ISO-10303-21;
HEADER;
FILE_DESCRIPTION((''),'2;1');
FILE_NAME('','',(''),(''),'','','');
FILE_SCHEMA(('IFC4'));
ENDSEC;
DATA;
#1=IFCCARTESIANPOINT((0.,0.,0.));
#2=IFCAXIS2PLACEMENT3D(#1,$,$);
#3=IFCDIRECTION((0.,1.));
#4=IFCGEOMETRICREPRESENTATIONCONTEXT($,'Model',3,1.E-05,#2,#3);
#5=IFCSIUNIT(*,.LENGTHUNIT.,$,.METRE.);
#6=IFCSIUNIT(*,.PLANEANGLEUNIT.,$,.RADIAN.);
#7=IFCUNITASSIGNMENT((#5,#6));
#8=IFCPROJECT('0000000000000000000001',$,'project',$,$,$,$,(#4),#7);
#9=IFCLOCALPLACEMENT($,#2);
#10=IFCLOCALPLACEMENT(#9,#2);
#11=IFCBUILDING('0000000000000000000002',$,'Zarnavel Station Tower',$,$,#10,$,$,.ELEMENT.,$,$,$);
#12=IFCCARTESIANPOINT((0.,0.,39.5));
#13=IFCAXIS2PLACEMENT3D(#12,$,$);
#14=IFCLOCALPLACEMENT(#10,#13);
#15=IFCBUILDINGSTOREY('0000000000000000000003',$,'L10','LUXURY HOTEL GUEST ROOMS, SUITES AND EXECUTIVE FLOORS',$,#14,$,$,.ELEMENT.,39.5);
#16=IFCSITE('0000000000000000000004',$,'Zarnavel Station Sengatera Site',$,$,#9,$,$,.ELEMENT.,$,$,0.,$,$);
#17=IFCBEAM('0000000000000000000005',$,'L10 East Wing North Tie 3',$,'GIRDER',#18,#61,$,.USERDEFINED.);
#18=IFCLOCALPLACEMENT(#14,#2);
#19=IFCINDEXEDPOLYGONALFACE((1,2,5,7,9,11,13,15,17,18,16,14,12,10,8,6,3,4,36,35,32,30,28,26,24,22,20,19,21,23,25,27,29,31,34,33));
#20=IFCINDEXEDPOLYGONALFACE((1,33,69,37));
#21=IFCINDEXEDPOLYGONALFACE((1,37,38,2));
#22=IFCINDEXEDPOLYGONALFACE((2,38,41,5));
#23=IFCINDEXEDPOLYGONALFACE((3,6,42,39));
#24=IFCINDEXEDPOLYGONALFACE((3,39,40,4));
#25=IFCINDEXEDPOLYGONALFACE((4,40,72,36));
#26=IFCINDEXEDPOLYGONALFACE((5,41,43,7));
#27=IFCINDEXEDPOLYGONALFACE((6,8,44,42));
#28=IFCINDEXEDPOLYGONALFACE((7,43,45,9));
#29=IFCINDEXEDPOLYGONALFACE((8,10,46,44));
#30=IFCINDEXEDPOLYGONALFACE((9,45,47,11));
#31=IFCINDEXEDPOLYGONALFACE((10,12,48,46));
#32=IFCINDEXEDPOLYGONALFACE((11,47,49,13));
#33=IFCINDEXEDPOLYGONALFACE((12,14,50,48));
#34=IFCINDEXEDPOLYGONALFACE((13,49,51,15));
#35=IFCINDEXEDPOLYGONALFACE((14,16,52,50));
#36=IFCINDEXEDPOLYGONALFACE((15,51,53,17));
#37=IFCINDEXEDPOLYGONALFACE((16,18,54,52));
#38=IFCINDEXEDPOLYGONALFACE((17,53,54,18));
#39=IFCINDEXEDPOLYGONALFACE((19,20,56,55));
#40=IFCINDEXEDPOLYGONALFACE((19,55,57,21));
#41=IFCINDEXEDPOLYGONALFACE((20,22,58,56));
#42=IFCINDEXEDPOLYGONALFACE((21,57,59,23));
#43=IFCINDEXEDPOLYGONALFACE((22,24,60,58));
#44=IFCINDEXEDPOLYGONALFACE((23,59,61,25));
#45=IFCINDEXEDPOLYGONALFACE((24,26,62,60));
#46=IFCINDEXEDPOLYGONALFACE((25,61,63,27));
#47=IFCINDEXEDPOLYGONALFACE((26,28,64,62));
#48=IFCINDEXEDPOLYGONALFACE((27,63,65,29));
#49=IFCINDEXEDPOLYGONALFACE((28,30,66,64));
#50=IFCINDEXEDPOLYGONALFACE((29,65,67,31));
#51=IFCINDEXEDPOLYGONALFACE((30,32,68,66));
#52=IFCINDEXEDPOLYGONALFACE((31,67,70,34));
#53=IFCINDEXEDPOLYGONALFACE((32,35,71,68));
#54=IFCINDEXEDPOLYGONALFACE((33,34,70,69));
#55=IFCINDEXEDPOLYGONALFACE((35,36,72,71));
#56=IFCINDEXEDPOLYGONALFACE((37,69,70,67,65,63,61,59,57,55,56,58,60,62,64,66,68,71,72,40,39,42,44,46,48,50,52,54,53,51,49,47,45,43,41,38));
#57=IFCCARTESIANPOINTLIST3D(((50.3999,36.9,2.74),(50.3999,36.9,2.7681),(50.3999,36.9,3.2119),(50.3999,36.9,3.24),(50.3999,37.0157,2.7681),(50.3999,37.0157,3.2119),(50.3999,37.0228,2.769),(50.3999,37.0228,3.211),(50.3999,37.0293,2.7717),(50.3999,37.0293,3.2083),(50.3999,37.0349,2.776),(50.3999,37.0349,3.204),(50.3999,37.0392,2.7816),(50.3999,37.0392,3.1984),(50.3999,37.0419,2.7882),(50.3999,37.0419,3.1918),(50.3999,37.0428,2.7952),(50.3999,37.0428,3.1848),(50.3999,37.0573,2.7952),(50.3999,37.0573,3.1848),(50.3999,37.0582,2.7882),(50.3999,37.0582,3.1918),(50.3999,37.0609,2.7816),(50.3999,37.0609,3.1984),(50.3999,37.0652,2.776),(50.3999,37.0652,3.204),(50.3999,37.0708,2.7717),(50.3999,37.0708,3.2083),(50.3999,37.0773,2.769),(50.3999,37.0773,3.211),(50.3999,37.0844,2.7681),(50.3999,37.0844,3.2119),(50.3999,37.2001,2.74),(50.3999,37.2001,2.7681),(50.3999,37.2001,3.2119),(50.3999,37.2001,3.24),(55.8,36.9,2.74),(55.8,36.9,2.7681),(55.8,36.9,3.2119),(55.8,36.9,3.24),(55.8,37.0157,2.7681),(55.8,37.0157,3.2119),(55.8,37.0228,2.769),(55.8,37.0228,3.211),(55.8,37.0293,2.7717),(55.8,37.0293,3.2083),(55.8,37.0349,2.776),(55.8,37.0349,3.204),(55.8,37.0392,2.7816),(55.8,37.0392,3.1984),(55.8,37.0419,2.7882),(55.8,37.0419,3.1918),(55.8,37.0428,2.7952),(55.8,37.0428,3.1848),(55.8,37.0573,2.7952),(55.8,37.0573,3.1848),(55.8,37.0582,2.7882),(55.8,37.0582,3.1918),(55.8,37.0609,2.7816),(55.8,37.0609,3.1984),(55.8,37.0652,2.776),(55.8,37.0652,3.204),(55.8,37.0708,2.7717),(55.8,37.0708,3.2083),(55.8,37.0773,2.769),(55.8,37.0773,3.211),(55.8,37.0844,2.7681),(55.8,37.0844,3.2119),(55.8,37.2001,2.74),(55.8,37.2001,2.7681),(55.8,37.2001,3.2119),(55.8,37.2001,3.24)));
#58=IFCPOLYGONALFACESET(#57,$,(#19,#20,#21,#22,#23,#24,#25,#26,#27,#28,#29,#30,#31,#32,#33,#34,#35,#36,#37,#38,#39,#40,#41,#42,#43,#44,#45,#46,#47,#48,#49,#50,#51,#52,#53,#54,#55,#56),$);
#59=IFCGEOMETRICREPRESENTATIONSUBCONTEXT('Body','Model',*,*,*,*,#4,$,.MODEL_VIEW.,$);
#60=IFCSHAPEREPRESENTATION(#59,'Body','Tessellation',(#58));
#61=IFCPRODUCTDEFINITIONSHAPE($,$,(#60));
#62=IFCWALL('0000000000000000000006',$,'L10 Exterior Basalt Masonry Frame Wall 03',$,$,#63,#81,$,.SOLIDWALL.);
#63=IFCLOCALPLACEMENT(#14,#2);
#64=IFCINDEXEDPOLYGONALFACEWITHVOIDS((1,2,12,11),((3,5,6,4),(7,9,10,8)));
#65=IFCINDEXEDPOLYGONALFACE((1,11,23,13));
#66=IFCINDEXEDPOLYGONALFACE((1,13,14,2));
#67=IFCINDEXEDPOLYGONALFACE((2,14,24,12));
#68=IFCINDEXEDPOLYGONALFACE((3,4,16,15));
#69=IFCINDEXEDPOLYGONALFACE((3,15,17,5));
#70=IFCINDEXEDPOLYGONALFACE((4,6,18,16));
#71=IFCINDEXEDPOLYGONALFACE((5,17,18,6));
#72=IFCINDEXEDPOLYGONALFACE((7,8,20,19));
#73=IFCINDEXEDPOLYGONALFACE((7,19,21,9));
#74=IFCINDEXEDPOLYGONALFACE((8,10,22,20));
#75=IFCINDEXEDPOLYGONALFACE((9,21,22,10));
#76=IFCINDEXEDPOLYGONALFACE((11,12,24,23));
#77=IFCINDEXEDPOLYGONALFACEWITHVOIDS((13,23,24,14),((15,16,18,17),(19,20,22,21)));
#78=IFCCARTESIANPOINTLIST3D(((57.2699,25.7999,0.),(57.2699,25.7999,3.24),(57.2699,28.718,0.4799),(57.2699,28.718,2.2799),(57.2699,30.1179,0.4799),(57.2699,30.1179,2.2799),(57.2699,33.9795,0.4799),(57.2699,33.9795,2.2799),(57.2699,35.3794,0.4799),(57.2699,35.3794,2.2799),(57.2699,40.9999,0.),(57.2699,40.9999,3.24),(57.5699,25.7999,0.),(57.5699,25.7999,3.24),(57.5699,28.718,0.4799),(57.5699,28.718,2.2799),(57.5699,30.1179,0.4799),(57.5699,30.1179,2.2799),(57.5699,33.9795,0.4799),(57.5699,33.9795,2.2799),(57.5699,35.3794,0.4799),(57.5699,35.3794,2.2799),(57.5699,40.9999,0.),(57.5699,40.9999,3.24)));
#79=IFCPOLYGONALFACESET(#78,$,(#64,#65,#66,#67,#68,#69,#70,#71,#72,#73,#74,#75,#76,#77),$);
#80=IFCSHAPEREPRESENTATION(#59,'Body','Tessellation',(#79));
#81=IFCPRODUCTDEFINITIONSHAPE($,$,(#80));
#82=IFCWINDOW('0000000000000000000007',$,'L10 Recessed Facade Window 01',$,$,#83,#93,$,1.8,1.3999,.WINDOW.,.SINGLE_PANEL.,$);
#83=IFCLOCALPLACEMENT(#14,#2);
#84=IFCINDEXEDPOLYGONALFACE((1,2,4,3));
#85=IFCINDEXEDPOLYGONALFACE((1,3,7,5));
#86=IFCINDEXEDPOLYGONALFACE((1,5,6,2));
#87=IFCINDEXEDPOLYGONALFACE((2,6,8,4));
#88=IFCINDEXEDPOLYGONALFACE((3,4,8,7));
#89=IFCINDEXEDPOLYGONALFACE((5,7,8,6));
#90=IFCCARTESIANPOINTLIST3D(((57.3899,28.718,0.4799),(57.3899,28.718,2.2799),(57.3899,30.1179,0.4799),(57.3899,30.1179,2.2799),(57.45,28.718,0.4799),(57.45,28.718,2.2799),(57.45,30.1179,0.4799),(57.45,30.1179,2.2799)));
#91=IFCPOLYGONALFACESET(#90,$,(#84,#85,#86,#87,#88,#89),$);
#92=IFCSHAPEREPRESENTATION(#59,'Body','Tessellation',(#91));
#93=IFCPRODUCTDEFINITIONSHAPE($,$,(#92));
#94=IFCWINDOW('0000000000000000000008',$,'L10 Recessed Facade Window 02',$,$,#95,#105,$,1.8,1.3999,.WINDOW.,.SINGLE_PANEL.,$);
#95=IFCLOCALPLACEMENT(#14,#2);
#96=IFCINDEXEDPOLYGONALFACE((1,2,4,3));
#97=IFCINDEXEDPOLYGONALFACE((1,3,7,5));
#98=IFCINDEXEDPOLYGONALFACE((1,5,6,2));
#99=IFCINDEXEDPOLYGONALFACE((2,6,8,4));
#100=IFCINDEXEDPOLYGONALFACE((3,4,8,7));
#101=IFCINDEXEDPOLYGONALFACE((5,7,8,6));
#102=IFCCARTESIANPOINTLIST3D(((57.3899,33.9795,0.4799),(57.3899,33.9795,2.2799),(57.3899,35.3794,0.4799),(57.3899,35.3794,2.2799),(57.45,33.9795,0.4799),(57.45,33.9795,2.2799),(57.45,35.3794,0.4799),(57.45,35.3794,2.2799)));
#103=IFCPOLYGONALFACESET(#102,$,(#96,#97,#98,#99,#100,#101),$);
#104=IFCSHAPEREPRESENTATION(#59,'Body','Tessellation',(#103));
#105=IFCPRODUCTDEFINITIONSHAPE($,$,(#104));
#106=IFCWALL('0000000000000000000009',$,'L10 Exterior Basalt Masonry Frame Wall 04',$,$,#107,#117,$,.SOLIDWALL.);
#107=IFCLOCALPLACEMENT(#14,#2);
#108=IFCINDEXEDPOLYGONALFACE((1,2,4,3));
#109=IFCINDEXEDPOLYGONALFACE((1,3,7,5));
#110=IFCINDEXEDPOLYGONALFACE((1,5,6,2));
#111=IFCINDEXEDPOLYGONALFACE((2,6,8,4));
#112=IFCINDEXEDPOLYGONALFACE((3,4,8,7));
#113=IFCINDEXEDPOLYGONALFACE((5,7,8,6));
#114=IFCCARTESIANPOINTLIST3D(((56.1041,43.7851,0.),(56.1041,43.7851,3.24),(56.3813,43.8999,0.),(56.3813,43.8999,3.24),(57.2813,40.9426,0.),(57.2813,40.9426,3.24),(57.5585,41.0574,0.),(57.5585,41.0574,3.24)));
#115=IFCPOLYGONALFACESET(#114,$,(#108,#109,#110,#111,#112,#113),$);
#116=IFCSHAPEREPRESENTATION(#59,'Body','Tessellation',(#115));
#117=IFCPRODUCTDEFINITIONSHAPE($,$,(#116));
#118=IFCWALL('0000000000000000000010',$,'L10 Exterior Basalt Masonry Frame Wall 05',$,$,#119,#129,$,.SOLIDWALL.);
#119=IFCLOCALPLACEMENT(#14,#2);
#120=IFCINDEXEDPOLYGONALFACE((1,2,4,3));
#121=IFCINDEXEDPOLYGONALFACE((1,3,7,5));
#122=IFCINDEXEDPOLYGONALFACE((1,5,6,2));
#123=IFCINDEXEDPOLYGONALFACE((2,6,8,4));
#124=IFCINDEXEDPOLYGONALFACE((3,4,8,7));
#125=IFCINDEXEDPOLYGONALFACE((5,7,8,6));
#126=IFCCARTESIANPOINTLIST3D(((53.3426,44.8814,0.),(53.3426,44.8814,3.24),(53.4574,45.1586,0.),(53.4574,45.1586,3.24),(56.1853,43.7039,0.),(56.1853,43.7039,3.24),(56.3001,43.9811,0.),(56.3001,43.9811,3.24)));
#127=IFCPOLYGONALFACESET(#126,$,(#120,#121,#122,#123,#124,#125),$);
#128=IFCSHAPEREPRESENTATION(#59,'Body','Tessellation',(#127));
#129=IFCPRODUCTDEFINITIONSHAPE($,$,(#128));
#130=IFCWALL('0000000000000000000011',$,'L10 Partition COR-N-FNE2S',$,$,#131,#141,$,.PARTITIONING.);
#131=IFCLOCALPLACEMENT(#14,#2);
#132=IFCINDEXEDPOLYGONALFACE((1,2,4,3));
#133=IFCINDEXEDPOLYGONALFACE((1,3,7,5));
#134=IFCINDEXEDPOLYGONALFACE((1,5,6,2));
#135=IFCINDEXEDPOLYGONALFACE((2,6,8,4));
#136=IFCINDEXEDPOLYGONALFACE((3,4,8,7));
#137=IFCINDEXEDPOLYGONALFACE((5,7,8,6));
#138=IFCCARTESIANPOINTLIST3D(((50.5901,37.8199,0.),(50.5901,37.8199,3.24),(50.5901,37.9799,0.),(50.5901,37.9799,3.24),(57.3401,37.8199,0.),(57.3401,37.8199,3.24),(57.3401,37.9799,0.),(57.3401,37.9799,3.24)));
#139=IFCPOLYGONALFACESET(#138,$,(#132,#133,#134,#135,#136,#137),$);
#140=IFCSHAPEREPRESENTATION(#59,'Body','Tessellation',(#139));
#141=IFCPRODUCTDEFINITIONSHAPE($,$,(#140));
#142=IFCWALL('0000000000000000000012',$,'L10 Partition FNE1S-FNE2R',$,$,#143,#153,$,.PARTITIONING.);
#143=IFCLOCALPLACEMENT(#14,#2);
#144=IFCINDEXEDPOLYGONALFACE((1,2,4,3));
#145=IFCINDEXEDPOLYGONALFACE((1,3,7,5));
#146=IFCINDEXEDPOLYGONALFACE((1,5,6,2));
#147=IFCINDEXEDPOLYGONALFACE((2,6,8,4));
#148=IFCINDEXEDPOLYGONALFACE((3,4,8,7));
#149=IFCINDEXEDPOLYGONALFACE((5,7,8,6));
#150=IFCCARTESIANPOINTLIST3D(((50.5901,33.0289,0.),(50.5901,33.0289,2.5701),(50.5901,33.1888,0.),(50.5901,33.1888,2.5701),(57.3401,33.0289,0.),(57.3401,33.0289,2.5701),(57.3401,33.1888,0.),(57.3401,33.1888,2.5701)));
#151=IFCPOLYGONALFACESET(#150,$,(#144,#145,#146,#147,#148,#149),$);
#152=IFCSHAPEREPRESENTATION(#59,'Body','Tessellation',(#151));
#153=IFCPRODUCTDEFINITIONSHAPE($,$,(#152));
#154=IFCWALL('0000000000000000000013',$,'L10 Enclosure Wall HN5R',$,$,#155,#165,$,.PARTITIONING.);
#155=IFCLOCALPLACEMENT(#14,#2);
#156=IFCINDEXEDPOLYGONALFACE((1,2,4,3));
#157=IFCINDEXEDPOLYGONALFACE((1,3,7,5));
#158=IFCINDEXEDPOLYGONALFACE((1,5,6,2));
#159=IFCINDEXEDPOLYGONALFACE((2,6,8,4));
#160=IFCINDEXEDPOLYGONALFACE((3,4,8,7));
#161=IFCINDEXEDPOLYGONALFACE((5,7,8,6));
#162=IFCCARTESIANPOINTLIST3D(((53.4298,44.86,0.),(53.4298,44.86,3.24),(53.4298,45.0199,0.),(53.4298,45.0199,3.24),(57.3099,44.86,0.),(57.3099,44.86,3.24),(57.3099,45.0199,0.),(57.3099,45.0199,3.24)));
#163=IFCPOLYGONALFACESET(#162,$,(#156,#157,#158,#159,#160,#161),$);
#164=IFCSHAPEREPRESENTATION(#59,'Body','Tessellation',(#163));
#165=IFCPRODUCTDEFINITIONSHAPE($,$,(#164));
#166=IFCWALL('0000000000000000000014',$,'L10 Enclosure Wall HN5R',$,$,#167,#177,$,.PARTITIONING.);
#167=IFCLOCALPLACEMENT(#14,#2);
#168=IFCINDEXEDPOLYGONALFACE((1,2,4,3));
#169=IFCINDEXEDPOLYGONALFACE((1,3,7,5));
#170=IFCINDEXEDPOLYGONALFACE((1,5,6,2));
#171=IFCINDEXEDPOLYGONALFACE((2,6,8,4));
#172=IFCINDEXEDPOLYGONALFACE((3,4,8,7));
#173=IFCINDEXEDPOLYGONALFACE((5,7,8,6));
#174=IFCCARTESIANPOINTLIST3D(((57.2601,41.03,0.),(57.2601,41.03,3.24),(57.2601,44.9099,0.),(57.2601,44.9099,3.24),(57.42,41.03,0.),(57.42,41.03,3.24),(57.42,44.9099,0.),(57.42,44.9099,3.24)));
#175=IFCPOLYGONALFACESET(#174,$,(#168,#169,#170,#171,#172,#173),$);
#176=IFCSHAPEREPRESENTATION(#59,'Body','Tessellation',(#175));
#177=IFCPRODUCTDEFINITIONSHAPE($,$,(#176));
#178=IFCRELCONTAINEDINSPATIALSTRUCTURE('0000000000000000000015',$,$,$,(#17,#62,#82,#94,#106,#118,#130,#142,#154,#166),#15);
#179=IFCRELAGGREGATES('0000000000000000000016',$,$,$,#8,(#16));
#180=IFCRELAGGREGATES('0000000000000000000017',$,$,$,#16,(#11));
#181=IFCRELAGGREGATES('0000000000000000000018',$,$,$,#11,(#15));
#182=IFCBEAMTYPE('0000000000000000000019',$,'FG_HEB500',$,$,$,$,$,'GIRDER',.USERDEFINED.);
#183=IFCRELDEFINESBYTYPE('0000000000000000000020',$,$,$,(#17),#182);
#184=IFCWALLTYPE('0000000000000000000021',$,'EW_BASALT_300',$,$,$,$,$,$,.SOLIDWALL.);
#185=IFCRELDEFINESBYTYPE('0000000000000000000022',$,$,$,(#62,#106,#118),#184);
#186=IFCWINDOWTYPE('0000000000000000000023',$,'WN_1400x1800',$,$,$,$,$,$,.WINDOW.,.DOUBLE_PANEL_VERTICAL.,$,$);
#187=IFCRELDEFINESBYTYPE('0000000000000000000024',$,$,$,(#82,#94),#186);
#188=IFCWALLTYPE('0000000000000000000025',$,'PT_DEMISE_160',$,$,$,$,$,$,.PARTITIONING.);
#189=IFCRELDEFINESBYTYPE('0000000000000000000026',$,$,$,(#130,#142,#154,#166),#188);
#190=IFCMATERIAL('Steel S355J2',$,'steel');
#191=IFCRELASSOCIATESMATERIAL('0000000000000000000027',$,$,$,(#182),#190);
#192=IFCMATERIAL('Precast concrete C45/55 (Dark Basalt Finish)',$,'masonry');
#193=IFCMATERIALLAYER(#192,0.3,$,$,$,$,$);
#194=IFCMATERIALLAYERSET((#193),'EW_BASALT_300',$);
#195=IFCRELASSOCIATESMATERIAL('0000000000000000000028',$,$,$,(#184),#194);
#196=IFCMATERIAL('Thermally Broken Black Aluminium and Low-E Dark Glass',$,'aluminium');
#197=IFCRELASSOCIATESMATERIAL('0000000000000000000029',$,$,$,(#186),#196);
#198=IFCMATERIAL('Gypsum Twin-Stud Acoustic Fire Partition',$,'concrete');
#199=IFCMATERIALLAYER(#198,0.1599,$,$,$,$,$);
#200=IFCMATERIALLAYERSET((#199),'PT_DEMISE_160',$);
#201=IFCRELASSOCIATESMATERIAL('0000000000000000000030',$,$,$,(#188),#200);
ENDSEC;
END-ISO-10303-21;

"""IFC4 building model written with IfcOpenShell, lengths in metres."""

from ifc_helpers import new_model, si_unit, direction, frame, frame_2d, origin, origin_2d, place, context, subcontext, project, spatial, rectangle, i_section, extrude, material, layer, layer_set, material_profile, profile_set, type_object, element, fill, save


model = new_model("IFC4")

# Units and contexts
model_context = context("Model", 3, precision=1e-05, world=origin(), true_north=direction((0.0, 1.0)))
body_context = subcontext(model_context, "Body", "Model", "MODEL_VIEW")
ifc_project = project(units=[si_unit("LENGTHUNIT", "METRE"), si_unit("PLANEANGLEUNIT", "RADIAN")], contexts=[model_context])

# Site, building, storey
site_placement = place(None, origin())
site = spatial("IfcSite", under=ifc_project, at=site_placement, Name="Zarnavel Station Sengatera Site", CompositionType="ELEMENT", RefElevation=0.0)
building_placement = place(site_placement, origin())
building = spatial("IfcBuilding", under=site, at=building_placement, Name="Zarnavel Station Tower", CompositionType="ELEMENT")
storey_placement = place(building_placement, frame((0.0, 0.0, 39.5)))
storey = spatial("IfcBuildingStorey", under=building, at=storey_placement, Name="L10", Description="LUXURY HOTEL GUEST ROOMS, SUITES AND EXECUTIVE FLOORS", CompositionType="ELEMENT", Elevation=39.5)

# Beam
ifc_material_1 = material(Name="Steel S355J2", Category="steel")
ifc_material_profile_1 = material_profile(ifc_material_1, i_section(OverallWidth=0.3, OverallDepth=0.5, WebThickness=0.0144, FlangeThickness=0.0281, FilletRadius=0.0271, at=origin_2d()), Name="HEB500")
ifc_profile_set_1 = profile_set([ifc_material_profile_1], Name="Steel S355J2")
beam_type = type_object("IfcBeamType", Name="FG_HEB500", ElementType="GIRDER", PredefinedType="USERDEFINED", material=ifc_profile_set_1)
beam_1_placement = place(storey_placement, frame((50.3999, 37.05, 2.99), z_axis=(1.0, 0.0, 0.0), x_axis=(0.0, 1.0, 0.0)))
element("IfcBeam", 1, at=beam_1_placement, inside=storey, type_object=beam_type, Name="L10 East Wing North Tie 3", ObjectType="GIRDER", PredefinedType="USERDEFINED", context=body_context, shape_type="SweptSolid", body=[
    extrude(i_section(OverallWidth=0.3, OverallDepth=0.5, WebThickness=0.0144, FlangeThickness=0.0281, FilletRadius=0.0271, at=origin_2d()), origin(), (0.0, 0.0, 1.0), 5.4001),
])

# Wall, openings, windows
ifc_material_2 = material(Name="Precast concrete C45/55 (Dark Basalt Finish)", Category="masonry")
ifc_layer_1 = layer(ifc_material_2, 0.3)
ifc_layer_set_1 = layer_set([ifc_layer_1], Name="EW_BASALT_300")
wall_type_1 = type_object("IfcWallType", Name="EW_BASALT_300", PredefinedType="SOLIDWALL", material=ifc_layer_set_1)
wall_1_placement = place(storey_placement, frame((57.4199, 41.0, 0.0), z_axis=(0.0, 0.0, 1.0), x_axis=(0.0, -1.0, 0.0)))
wall_1 = element("IfcWall", 2, at=wall_1_placement, inside=storey, type_object=wall_type_1, Name="L10 Exterior Basalt Masonry Frame Wall 03", PredefinedType="SOLIDWALL", context=body_context, shape_type="SweptSolid", body=[
    extrude(rectangle(XDim=15.2, YDim=0.3, at=frame_2d((7.6001, 0.0))), origin(), (0.0, 0.0, 1.0), 3.24),
])
opening_1_placement = place(wall_1_placement, frame((10.8821, 0.0, 0.48)))
opening_1 = element("IfcOpeningElement", 3, at=opening_1_placement, cuts=wall_1, PredefinedType="OPENING", context=body_context, shape_type="SweptSolid", body=[
    extrude(rectangle(XDim=1.3999, YDim=1.8, at=frame_2d((0.7, 0.8999))), frame((0.0, 0.1599, 0.0), z_axis=(0.0, -1.0, 0.0), x_axis=(1.0, 0.0, 0.0)), (0.0, 0.0, 1.0), 0.3201),
])
opening_2_placement = place(wall_1_placement, frame((5.6206, 0.0, 0.48)))
opening_2 = element("IfcOpeningElement", 4, at=opening_2_placement, cuts=wall_1, PredefinedType="OPENING", context=body_context, shape_type="SweptSolid", body=[
    extrude(rectangle(XDim=1.3999, YDim=1.8, at=frame_2d((0.7, 0.8999))), frame((0.0, 0.1599, 0.0), z_axis=(0.0, -1.0, 0.0), x_axis=(1.0, 0.0, 0.0)), (0.0, 0.0, 1.0), 0.3201),
])
ifc_material_3 = material(Name="Thermally Broken Black Aluminium and Low-E Dark Glass", Category="aluminium")
window_type = type_object("IfcWindowType", Name="WN_1400x1800", PartitioningType="DOUBLE_PANEL_VERTICAL", PredefinedType="WINDOW", material=ifc_material_3)
window_1_placement = place(opening_1_placement, origin())
window_1 = element("IfcWindow", 5, at=window_1_placement, inside=storey, type_object=window_type, Name="L10 Recessed Facade Window 01", OverallHeight=1.8, OverallWidth=1.3999, PartitioningType="SINGLE_PANEL", PredefinedType="WINDOW", context=body_context, shape_type="SweptSolid", body=[
    extrude(rectangle(XDim=1.3999, YDim=1.8, at=frame_2d((0.7, 0.8999))), frame((0.0, 0.03, 0.0), z_axis=(0.0, -1.0, 0.0), x_axis=(1.0, 0.0, 0.0)), (0.0, 0.0, 1.0), 0.0601),
])
fill(opening_1, window_1)
window_2_placement = place(opening_2_placement, origin())
window_2 = element("IfcWindow", 6, at=window_2_placement, inside=storey, type_object=window_type, Name="L10 Recessed Facade Window 02", OverallHeight=1.8, OverallWidth=1.3999, PartitioningType="SINGLE_PANEL", PredefinedType="WINDOW", context=body_context, shape_type="SweptSolid", body=[
    extrude(rectangle(XDim=1.3999, YDim=1.8, at=frame_2d((0.7, 0.8999))), frame((0.0, 0.03, 0.0), z_axis=(0.0, -1.0, 0.0), x_axis=(1.0, 0.0, 0.0)), (0.0, 0.0, 1.0), 0.0601),
])
fill(opening_2, window_2)

# Walls
wall_2_placement = place(storey_placement, frame((56.2427, 43.8425, 0.0), z_axis=(0.0, 0.0, 1.0), x_axis=(0.382637, -0.923899, 0.0)))
element("IfcWall", 7, at=wall_2_placement, inside=storey, type_object=wall_type_1, Name="L10 Exterior Basalt Masonry Frame Wall 04", PredefinedType="SOLIDWALL", context=body_context, shape_type="SweptSolid", body=[
    extrude(rectangle(XDim=3.0767, YDim=0.3, at=frame_2d((1.5383, 0.0))), origin(), (0.0, 0.0, 1.0), 3.24),
])
wall_3_placement = place(storey_placement, frame((53.3999, 45.02, 0.0), z_axis=(0.0, 0.0, 1.0), x_axis=(0.923882, -0.382676, 0.0)))
element("IfcWall", 8, at=wall_3_placement, inside=storey, type_object=wall_type_1, Name="L10 Exterior Basalt Masonry Frame Wall 05", PredefinedType="SOLIDWALL", context=body_context, shape_type="SweptSolid", body=[
    extrude(rectangle(XDim=3.0769, YDim=0.3, at=frame_2d((1.5386, 0.0))), origin(), (0.0, 0.0, 1.0), 3.24),
])
ifc_material_4 = material(Name="Gypsum Twin-Stud Acoustic Fire Partition", Category="concrete")
ifc_layer_2 = layer(ifc_material_4, 0.1599)
ifc_layer_set_2 = layer_set([ifc_layer_2], Name="PT_DEMISE_160")
wall_type_2 = type_object("IfcWallType", Name="PT_DEMISE_160", PredefinedType="PARTITIONING", material=ifc_layer_set_2)
wall_4_placement = place(storey_placement, frame((50.5901, 37.8999, 0.0), z_axis=(0.0, 0.0, 1.0), x_axis=(1.0, 0.0, 0.0)))
element("IfcWall", 9, at=wall_4_placement, inside=storey, type_object=wall_type_2, Name="L10 Partition COR-N-FNE2S", PredefinedType="PARTITIONING", context=body_context, shape_type="SweptSolid", body=[
    extrude(rectangle(XDim=6.75, YDim=0.1599, at=frame_2d((3.375, 0.0))), origin(), (0.0, 0.0, 1.0), 3.24),
])
wall_5_placement = place(storey_placement, frame((50.5901, 33.1089, 0.0), z_axis=(0.0, 0.0, 1.0), x_axis=(1.0, 0.0, 0.0)))
element("IfcWall", 10, at=wall_5_placement, inside=storey, type_object=wall_type_2, Name="L10 Partition FNE1S-FNE2R", PredefinedType="PARTITIONING", context=body_context, shape_type="SweptSolid", body=[
    extrude(rectangle(XDim=6.75, YDim=0.1599, at=frame_2d((3.375, 0.0))), origin(), (0.0, 0.0, 1.0), 2.5701),
])
wall_6_placement = place(storey_placement, frame((53.4299, 44.9399, 0.0), z_axis=(0.0, 0.0, 1.0), x_axis=(1.0, 0.0, 0.0)))
element("IfcWall", 11, at=wall_6_placement, inside=storey, type_object=wall_type_2, Name="L10 Enclosure Wall HN5R", PredefinedType="PARTITIONING", context=body_context, shape_type="SweptSolid", body=[
    extrude(rectangle(XDim=3.8801, YDim=0.1599, at=frame_2d((1.9399, 0.0))), origin(), (0.0, 0.0, 1.0), 3.24),
])
wall_7_placement = place(storey_placement, frame((57.3401, 41.03, 0.0), z_axis=(0.0, 0.0, 1.0), x_axis=(0.0, 1.0, 0.0)))
element("IfcWall", 12, at=wall_7_placement, inside=storey, type_object=wall_type_2, Name="L10 Enclosure Wall HN5R", PredefinedType="PARTITIONING", context=body_context, shape_type="SweptSolid", body=[
    extrude(rectangle(XDim=3.8799, YDim=0.1599, at=frame_2d((1.9399, 0.0))), origin(), (0.0, 0.0, 1.0), 3.24),
])

save(model, "model.ifc")
